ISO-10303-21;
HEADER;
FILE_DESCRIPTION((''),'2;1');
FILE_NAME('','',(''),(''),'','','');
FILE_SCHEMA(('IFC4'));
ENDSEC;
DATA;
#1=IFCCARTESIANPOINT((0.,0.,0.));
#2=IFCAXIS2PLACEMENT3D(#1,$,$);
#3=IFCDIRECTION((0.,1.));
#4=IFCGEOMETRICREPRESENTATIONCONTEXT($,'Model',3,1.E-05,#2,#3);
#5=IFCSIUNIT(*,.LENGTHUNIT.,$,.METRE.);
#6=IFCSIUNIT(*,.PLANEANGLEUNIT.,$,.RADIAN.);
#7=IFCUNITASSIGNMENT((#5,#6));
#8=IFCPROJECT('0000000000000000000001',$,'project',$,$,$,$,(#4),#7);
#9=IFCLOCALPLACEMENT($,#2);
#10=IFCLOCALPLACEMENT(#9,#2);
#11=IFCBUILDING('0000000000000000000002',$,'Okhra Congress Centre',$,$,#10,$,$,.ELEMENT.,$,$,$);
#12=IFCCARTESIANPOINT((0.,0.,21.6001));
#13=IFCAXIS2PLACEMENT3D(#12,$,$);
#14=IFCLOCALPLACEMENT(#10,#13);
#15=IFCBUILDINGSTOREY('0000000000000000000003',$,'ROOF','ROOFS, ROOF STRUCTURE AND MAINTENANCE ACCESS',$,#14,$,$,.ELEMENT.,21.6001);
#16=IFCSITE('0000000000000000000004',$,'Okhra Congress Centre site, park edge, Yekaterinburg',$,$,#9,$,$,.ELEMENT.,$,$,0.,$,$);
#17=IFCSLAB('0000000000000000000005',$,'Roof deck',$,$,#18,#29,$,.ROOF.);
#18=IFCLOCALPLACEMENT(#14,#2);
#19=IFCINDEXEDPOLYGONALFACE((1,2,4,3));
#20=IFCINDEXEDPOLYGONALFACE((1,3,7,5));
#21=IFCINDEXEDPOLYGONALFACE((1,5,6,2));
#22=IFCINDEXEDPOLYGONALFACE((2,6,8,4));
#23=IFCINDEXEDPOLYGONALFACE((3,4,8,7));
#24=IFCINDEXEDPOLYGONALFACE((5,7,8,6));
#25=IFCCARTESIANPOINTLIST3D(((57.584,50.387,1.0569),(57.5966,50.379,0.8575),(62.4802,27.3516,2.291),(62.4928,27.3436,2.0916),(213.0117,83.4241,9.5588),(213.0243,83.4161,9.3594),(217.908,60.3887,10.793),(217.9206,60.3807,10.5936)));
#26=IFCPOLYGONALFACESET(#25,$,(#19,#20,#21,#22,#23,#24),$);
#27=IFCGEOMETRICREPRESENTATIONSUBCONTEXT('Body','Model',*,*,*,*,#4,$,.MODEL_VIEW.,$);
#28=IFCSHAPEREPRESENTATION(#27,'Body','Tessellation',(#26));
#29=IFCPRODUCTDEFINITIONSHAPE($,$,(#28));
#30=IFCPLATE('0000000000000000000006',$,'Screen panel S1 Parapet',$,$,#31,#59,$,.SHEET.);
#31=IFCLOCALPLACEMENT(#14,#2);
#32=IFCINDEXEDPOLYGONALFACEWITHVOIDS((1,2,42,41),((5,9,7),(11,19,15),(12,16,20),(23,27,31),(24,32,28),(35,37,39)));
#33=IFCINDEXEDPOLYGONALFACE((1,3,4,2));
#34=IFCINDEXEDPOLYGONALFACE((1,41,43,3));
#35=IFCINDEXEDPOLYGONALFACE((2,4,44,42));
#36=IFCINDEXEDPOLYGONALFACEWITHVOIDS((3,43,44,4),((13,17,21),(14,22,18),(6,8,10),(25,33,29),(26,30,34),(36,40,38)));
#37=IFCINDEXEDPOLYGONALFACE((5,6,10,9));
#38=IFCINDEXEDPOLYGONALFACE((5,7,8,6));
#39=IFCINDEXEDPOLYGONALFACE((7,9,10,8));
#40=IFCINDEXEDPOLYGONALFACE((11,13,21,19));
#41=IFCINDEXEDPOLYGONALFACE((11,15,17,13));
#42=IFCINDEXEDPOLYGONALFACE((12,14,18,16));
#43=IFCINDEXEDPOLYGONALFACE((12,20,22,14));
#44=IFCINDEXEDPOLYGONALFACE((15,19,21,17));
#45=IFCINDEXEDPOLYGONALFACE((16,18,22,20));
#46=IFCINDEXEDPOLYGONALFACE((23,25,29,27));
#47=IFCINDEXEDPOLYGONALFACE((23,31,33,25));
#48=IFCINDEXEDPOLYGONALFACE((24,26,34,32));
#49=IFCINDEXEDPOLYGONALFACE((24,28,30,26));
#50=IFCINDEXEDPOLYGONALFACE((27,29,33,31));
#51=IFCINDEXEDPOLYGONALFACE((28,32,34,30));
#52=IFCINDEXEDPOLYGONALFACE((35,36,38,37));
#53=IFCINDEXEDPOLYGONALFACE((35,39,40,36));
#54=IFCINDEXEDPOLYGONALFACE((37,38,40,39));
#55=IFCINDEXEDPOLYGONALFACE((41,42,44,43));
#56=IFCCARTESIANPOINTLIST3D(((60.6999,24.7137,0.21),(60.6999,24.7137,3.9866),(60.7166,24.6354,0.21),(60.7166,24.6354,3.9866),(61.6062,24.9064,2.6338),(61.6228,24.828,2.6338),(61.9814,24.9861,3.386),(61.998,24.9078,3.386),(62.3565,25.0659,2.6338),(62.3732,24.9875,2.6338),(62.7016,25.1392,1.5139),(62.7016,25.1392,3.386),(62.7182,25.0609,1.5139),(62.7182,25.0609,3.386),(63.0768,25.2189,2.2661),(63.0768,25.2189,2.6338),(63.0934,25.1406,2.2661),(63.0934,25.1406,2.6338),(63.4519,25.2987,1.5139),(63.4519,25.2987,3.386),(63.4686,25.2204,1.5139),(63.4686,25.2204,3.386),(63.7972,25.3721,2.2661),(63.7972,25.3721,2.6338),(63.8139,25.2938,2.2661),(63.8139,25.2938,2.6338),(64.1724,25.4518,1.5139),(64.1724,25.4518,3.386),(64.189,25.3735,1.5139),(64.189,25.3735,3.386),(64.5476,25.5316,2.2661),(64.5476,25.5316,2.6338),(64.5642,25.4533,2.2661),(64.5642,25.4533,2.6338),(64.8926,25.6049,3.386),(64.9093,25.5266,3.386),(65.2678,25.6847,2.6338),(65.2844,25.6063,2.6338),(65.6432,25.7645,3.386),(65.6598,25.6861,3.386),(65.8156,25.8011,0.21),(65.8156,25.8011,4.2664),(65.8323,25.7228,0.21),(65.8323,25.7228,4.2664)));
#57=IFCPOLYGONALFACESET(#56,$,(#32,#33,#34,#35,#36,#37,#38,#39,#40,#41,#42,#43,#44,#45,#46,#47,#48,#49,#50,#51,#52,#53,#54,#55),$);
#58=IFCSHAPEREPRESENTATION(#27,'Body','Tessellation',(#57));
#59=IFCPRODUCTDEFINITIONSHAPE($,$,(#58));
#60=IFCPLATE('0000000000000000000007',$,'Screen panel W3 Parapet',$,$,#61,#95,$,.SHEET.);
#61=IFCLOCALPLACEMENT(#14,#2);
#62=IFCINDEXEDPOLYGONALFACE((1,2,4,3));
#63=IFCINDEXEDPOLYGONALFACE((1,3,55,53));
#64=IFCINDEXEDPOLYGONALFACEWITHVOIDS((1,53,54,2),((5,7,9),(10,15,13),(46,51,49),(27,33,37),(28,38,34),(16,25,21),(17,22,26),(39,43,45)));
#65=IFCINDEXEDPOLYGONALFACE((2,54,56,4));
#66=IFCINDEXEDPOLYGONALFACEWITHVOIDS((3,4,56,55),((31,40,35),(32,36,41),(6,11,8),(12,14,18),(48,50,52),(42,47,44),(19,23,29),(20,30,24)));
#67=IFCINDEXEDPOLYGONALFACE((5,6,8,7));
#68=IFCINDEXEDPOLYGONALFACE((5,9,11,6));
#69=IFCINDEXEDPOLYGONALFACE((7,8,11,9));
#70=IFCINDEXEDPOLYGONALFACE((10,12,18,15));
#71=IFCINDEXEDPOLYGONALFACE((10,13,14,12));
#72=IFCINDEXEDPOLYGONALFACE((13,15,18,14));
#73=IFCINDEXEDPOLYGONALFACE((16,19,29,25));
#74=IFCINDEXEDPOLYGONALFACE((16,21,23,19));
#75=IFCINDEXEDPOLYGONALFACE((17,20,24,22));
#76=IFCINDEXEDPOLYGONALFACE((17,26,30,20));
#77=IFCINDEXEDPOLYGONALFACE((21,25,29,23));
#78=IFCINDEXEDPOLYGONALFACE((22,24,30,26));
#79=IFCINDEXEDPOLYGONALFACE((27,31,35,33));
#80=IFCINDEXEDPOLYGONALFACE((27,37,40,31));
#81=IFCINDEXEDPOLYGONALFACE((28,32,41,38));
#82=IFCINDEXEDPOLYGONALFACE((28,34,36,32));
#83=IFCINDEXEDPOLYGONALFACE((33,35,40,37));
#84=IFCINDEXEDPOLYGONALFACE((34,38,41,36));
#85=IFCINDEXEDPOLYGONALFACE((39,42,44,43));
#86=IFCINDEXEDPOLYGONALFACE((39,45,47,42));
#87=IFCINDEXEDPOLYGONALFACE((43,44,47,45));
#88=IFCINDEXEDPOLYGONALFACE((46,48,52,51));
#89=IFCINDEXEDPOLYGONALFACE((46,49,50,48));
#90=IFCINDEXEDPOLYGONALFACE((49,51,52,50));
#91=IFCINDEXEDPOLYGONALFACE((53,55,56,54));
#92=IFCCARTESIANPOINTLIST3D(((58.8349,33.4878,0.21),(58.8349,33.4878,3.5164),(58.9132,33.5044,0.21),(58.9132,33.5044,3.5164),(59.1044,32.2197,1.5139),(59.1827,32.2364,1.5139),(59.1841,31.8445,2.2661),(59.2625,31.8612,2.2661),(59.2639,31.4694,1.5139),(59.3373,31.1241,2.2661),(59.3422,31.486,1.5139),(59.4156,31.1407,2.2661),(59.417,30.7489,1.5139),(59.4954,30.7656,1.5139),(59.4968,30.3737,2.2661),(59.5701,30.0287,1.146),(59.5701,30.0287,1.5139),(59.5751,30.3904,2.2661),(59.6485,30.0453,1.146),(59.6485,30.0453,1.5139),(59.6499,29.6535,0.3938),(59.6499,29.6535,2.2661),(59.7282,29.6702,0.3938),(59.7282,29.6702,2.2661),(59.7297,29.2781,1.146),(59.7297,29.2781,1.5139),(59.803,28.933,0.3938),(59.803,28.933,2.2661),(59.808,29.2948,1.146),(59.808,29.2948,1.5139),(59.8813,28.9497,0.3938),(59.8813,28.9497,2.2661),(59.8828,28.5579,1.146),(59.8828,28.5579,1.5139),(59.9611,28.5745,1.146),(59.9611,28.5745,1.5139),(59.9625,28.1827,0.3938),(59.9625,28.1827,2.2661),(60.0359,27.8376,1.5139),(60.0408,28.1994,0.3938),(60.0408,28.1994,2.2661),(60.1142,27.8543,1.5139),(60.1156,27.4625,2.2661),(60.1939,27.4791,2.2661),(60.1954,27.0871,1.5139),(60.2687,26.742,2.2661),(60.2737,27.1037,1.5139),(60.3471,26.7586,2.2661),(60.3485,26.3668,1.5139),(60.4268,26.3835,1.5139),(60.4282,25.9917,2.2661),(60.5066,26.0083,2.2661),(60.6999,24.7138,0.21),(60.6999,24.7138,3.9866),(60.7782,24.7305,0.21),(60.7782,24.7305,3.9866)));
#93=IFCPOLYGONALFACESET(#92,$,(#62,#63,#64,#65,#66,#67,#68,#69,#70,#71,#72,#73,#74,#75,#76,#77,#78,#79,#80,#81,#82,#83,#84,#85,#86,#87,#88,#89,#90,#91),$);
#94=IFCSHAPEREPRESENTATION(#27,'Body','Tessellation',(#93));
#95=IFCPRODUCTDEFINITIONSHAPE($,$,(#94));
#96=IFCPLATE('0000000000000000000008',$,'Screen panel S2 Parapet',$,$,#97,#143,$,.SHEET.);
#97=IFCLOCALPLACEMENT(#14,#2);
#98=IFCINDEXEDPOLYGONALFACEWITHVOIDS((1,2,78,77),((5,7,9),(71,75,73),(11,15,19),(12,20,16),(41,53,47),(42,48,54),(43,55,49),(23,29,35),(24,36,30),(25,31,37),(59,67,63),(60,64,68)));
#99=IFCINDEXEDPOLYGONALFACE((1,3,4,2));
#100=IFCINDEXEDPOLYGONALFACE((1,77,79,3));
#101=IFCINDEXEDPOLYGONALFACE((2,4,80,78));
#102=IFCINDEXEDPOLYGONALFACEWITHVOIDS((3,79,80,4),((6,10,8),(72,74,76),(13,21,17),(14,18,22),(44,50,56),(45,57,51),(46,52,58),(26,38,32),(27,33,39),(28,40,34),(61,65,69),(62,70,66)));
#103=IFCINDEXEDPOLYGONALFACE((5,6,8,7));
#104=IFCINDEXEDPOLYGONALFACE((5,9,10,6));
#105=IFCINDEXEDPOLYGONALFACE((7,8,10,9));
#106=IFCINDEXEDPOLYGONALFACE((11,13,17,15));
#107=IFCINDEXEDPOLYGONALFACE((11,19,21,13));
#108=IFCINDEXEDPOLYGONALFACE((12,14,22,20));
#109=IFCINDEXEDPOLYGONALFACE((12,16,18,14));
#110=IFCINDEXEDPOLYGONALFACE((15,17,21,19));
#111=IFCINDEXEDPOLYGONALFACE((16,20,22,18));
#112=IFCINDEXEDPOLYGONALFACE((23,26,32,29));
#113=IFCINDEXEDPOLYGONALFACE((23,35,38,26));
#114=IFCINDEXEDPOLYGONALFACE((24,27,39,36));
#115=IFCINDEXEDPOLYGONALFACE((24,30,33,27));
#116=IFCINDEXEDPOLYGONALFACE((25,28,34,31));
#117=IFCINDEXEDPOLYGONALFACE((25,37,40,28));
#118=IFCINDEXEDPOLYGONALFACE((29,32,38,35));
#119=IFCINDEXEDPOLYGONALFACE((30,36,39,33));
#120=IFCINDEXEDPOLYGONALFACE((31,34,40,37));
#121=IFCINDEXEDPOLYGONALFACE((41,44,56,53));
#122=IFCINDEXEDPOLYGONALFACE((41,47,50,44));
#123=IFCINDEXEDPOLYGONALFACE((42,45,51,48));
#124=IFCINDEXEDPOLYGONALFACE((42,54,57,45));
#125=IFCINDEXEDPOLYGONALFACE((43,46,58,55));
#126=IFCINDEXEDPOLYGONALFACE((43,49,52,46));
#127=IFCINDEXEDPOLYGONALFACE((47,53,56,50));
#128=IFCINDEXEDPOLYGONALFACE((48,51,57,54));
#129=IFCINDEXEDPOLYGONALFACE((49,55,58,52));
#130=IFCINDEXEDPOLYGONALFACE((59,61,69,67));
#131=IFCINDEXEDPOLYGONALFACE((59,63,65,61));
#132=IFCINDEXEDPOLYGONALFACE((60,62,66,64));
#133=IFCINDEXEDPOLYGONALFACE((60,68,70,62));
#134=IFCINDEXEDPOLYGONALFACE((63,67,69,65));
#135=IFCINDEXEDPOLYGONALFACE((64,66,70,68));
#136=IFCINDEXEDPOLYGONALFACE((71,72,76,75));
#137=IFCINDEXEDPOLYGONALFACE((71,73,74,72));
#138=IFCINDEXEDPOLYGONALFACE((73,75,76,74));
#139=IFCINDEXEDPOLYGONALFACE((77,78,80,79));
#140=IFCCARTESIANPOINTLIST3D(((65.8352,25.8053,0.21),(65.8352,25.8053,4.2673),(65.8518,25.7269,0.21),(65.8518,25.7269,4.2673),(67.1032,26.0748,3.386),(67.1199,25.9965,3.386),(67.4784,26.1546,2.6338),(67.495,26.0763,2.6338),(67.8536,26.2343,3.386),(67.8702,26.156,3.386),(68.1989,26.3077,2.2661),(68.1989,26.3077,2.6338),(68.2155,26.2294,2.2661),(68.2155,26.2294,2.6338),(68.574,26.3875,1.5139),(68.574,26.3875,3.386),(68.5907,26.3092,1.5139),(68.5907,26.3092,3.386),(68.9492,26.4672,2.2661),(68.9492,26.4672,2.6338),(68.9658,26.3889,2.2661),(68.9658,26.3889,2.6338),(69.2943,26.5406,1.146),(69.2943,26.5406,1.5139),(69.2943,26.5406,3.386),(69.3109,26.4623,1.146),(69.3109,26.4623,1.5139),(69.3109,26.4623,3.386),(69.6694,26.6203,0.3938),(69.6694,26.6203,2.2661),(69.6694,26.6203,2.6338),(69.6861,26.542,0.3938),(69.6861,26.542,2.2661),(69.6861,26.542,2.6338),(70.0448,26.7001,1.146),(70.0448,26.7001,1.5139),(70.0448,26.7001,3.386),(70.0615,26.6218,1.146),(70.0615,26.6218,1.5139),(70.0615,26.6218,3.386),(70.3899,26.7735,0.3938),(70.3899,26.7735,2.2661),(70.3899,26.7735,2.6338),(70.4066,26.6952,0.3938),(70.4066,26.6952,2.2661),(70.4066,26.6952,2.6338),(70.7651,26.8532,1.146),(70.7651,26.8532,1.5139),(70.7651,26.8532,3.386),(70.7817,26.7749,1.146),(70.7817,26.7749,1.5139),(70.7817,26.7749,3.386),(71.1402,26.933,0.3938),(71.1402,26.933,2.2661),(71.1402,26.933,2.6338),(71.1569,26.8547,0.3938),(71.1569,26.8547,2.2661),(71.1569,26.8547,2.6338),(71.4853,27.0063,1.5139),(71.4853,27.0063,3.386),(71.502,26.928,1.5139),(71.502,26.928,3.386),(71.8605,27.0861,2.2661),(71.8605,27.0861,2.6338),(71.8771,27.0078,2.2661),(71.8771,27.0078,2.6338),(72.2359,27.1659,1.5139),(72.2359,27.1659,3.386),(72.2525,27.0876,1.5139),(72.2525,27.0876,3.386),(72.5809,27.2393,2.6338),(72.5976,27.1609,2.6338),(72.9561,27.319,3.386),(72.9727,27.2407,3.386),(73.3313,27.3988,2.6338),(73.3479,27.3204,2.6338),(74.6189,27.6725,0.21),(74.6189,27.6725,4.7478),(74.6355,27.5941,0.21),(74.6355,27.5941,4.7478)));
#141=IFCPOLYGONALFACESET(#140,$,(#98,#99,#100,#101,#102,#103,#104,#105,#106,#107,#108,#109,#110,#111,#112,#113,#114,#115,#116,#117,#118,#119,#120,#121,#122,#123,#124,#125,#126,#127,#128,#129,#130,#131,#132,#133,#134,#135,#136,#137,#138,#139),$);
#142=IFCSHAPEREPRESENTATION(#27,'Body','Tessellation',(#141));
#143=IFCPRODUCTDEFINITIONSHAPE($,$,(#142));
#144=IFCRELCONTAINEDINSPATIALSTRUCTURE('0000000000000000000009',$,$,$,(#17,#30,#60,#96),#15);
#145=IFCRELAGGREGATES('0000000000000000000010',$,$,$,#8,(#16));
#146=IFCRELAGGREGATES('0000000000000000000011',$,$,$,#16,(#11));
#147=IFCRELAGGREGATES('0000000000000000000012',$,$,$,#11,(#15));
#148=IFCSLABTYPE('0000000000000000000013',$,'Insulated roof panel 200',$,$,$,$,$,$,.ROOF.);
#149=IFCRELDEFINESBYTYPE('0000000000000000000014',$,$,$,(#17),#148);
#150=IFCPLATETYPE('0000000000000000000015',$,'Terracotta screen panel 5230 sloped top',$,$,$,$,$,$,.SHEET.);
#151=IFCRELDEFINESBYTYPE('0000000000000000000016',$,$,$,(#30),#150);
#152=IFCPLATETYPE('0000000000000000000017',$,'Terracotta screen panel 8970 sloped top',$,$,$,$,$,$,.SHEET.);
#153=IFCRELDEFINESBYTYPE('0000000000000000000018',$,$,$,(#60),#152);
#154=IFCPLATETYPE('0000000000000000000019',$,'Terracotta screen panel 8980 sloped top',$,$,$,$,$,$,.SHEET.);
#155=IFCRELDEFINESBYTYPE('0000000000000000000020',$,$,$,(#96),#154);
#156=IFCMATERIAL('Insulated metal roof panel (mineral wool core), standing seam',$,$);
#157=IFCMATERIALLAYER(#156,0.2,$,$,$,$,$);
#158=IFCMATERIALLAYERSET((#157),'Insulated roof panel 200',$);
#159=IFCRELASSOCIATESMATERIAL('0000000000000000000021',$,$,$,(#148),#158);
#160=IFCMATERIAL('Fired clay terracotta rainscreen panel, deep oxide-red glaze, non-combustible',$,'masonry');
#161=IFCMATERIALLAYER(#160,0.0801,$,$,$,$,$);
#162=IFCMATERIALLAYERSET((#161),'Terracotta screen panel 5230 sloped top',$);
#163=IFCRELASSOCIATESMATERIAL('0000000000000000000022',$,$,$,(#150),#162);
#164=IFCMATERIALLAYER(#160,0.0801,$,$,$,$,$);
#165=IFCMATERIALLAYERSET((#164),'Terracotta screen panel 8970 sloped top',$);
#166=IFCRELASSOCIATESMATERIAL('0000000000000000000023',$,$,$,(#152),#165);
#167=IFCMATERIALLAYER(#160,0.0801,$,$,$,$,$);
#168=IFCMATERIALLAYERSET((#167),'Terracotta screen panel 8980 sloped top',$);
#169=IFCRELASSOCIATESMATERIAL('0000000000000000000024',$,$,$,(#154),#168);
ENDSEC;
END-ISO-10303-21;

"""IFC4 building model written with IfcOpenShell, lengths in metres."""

from ifc_helpers import new_model, si_unit, direction, frame, origin, place, context, subcontext, project, spatial, polyline, outline, extrude, material, layer, layer_set, type_object, element, save


model = new_model("IFC4")

# Units and contexts
model_context = context("Model", 3, precision=1e-05, world=origin(), true_north=direction((0.0, 1.0)))
body_context = subcontext(model_context, "Body", "Model", "MODEL_VIEW")
ifc_project = project(units=[si_unit("LENGTHUNIT", "METRE"), si_unit("PLANEANGLEUNIT", "RADIAN")], contexts=[model_context])

# Site, building, storey
site_placement = place(None, origin())
site = spatial("IfcSite", under=ifc_project, at=site_placement, Name="Okhra Congress Centre site, park edge, Yekaterinburg", CompositionType="ELEMENT", RefElevation=0.0)
building_placement = place(site_placement, origin())
building = spatial("IfcBuilding", under=site, at=building_placement, Name="Okhra Congress Centre", CompositionType="ELEMENT")
storey_placement = place(building_placement, frame((0.0, 0.0, 21.6001)))
storey = spatial("IfcBuildingStorey", under=building, at=storey_placement, Name="ROOF", Description="ROOFS, ROOF STRUCTURE AND MAINTENANCE ACCESS", CompositionType="ELEMENT", Elevation=21.6001)

# Slab
ifc_material_1 = material(Name="Insulated metal roof panel (mineral wool core), standing seam")
ifc_layer_1 = layer(ifc_material_1, 0.2)
ifc_layer_set_1 = layer_set([ifc_layer_1], Name="Insulated roof panel 200")
slab_type = type_object("IfcSlabType", Name="Insulated roof panel 200", PredefinedType="ROOF", material=ifc_layer_set_1)
slab_placement = place(storey_placement, frame((62.4802, 27.3516, 2.291), z_axis=(-0.063055, 0.040023, 0.997207), x_axis=(0.976751, 0.207614, 0.053429)))
element("IfcSlab", 1, at=slab_placement, inside=storey, type_object=slab_type, Name="Roof deck", PredefinedType="ROOF", context=body_context, shape_type="SweptSolid", body=[
    extrude(outline(polyline([(0.0, 0.0), (159.1274, 0.0), (159.0615, 23.5822), (-0.0659, 23.5822), (0.0, 0.0)])), origin(), (0.0, 0.0, -1.0), 0.2),
])

# Plates
ifc_material_2 = material(Name="Fired clay terracotta rainscreen panel, deep oxide-red glaze, non-combustible", Category="masonry")
ifc_layer_2 = layer(ifc_material_2, 0.0801)
ifc_layer_set_2 = layer_set([ifc_layer_2], Name="Terracotta screen panel 5230 sloped top")
plate_type_1 = type_object("IfcPlateType", Name="Terracotta screen panel 5230 sloped top", PredefinedType="SHEET", material=ifc_layer_set_2)
plate_1_placement = place(storey_placement, frame((60.7083, 24.6746, 0.21), z_axis=(0.0, 0.0, 1.0), x_axis=(0.978147, 0.207916, 0.0)))
element("IfcPlate", 2, at=plate_1_placement, inside=storey, type_object=plate_type_1, Name="Screen panel S1 Parapet", PredefinedType="SHEET", context=body_context, shape_type="SweptSolid", body=[
    extrude(outline(polyline([(0.0, 0.0), (5.23, 0.0), (5.23, 4.0564), (0.0, 3.7766), (0.0, 0.0)]), holes=[polyline([(2.0464, 1.304), (2.8135, 1.304), (2.4299, 2.0562), (2.0464, 1.304)]), polyline([(3.1665, 2.0562), (3.55, 1.304), (3.9336, 2.0562), (3.1665, 2.0562)]), polyline([(0.9265, 2.4238), (1.6936, 2.4238), (1.3101, 3.176), (0.9265, 2.4238)]), polyline([(2.0464, 3.176), (2.4299, 2.4238), (2.8135, 3.176), (2.0464, 3.176)]), polyline([(3.1665, 2.4238), (3.9336, 2.4238), (3.55, 3.176), (3.1665, 2.4238)]), polyline([(4.2864, 3.176), (4.6699, 2.4238), (5.0537, 3.176), (4.2864, 3.176)])]), frame((0.0, 0.04, 0.0), z_axis=(0.0, -1.0, 0.0), x_axis=(1.0, 0.0, 0.0)), (0.0, 0.0, 1.0), 0.0801),
])
ifc_layer_3 = layer(ifc_material_2, 0.0801)
ifc_layer_set_3 = layer_set([ifc_layer_3], Name="Terracotta screen panel 8970 sloped top")
plate_type_2 = type_object("IfcPlateType", Name="Terracotta screen panel 8970 sloped top", PredefinedType="SHEET", material=ifc_layer_set_3)
plate_2_placement = place(storey_placement, frame((58.874, 33.4961, 0.21), z_axis=(0.0, 0.0, 1.0), x_axis=(0.207915, -0.978147, 0.0)))
element("IfcPlate", 3, at=plate_2_placement, inside=storey, type_object=plate_type_2, Name="Screen panel W3 Parapet", PredefinedType="SHEET", context=body_context, shape_type="SweptSolid", body=[
    extrude(outline(polyline([(0.0, 0.0), (8.97, 0.0), (8.97, 3.7766), (0.0, 3.3064), (0.0, 0.0)]), holes=[polyline([(3.5364, 0.936), (3.9199, 0.1838), (4.3037, 0.936), (3.5364, 0.936)]), polyline([(4.6565, 0.1838), (5.4236, 0.1838), (5.04, 0.936), (4.6565, 0.1838)]), polyline([(1.2964, 1.304), (2.0635, 1.304), (1.6799, 2.0562), (1.2964, 1.304)]), polyline([(2.4165, 2.0562), (2.8, 1.304), (3.1836, 2.0562), (2.4165, 2.0562)]), polyline([(3.5364, 1.304), (4.3037, 1.304), (3.9199, 2.0562), (3.5364, 1.304)]), polyline([(4.6565, 2.0562), (5.04, 1.304), (5.4236, 2.0562), (4.6565, 2.0562)]), polyline([(5.7764, 1.304), (6.5437, 1.304), (6.1599, 2.0562), (5.7764, 1.304)]), polyline([(6.8965, 2.0562), (7.28, 1.304), (7.6636, 2.0562), (6.8965, 2.0562)])]), frame((0.0, 0.04, 0.0), z_axis=(0.0, -1.0, 0.0), x_axis=(1.0, 0.0, 0.0)), (0.0, 0.0, 1.0), 0.0801),
])
ifc_layer_4 = layer(ifc_material_2, 0.0801)
ifc_layer_set_4 = layer_set([ifc_layer_4], Name="Terracotta screen panel 8980 sloped top")
plate_type_3 = type_object("IfcPlateType", Name="Terracotta screen panel 8980 sloped top", PredefinedType="SHEET", material=ifc_layer_set_4)
plate_3_placement = place(storey_placement, frame((65.8435, 25.7661, 0.21), z_axis=(0.0, 0.0, 1.0), x_axis=(0.978144, 0.207928, 0.0)))
element("IfcPlate", 4, at=plate_3_placement, inside=storey, type_object=plate_type_3, Name="Screen panel S2 Parapet", PredefinedType="SHEET", context=body_context, shape_type="SweptSolid", body=[
    extrude(outline(polyline([(0.0, 0.0), (8.98, 0.0), (8.98, 4.5378), (0.0, 4.0574), (0.0, 0.0)]), holes=[polyline([(3.5364, 0.936), (3.9199, 0.1838), (4.3037, 0.936), (3.5364, 0.936)]), polyline([(4.6565, 0.1838), (5.4236, 0.1838), (5.04, 0.936), (4.6565, 0.1838)]), polyline([(2.4165, 2.0562), (2.8, 1.304), (3.1836, 2.0562), (2.4165, 2.0562)]), polyline([(3.5364, 1.304), (4.3037, 1.304), (3.9199, 2.0562), (3.5364, 1.304)]), polyline([(4.6565, 2.0562), (5.04, 1.304), (5.4236, 2.0562), (4.6565, 2.0562)]), polyline([(5.7764, 1.304), (6.5437, 1.304), (6.1599, 2.0562), (5.7764, 1.304)]), polyline([(1.2964, 3.176), (1.6799, 2.4238), (2.0635, 3.176), (1.2964, 3.176)]), polyline([(2.4165, 2.4238), (3.1836, 2.4238), (2.8, 3.176), (2.4165, 2.4238)]), polyline([(3.5364, 3.176), (3.9199, 2.4238), (4.3037, 3.176), (3.5364, 3.176)]), polyline([(4.6565, 2.4238), (5.4236, 2.4238), (5.04, 3.176), (4.6565, 2.4238)]), polyline([(5.7764, 3.176), (6.1599, 2.4238), (6.5437, 3.176), (5.7764, 3.176)]), polyline([(6.8965, 2.4238), (7.6636, 2.4238), (7.28, 3.176), (6.8965, 2.4238)])]), frame((0.0, 0.04, 0.0), z_axis=(0.0, -1.0, 0.0), x_axis=(1.0, 0.0, 0.0)), (0.0, 0.0, 1.0), 0.0801),
])

save(model, "model.ifc")
